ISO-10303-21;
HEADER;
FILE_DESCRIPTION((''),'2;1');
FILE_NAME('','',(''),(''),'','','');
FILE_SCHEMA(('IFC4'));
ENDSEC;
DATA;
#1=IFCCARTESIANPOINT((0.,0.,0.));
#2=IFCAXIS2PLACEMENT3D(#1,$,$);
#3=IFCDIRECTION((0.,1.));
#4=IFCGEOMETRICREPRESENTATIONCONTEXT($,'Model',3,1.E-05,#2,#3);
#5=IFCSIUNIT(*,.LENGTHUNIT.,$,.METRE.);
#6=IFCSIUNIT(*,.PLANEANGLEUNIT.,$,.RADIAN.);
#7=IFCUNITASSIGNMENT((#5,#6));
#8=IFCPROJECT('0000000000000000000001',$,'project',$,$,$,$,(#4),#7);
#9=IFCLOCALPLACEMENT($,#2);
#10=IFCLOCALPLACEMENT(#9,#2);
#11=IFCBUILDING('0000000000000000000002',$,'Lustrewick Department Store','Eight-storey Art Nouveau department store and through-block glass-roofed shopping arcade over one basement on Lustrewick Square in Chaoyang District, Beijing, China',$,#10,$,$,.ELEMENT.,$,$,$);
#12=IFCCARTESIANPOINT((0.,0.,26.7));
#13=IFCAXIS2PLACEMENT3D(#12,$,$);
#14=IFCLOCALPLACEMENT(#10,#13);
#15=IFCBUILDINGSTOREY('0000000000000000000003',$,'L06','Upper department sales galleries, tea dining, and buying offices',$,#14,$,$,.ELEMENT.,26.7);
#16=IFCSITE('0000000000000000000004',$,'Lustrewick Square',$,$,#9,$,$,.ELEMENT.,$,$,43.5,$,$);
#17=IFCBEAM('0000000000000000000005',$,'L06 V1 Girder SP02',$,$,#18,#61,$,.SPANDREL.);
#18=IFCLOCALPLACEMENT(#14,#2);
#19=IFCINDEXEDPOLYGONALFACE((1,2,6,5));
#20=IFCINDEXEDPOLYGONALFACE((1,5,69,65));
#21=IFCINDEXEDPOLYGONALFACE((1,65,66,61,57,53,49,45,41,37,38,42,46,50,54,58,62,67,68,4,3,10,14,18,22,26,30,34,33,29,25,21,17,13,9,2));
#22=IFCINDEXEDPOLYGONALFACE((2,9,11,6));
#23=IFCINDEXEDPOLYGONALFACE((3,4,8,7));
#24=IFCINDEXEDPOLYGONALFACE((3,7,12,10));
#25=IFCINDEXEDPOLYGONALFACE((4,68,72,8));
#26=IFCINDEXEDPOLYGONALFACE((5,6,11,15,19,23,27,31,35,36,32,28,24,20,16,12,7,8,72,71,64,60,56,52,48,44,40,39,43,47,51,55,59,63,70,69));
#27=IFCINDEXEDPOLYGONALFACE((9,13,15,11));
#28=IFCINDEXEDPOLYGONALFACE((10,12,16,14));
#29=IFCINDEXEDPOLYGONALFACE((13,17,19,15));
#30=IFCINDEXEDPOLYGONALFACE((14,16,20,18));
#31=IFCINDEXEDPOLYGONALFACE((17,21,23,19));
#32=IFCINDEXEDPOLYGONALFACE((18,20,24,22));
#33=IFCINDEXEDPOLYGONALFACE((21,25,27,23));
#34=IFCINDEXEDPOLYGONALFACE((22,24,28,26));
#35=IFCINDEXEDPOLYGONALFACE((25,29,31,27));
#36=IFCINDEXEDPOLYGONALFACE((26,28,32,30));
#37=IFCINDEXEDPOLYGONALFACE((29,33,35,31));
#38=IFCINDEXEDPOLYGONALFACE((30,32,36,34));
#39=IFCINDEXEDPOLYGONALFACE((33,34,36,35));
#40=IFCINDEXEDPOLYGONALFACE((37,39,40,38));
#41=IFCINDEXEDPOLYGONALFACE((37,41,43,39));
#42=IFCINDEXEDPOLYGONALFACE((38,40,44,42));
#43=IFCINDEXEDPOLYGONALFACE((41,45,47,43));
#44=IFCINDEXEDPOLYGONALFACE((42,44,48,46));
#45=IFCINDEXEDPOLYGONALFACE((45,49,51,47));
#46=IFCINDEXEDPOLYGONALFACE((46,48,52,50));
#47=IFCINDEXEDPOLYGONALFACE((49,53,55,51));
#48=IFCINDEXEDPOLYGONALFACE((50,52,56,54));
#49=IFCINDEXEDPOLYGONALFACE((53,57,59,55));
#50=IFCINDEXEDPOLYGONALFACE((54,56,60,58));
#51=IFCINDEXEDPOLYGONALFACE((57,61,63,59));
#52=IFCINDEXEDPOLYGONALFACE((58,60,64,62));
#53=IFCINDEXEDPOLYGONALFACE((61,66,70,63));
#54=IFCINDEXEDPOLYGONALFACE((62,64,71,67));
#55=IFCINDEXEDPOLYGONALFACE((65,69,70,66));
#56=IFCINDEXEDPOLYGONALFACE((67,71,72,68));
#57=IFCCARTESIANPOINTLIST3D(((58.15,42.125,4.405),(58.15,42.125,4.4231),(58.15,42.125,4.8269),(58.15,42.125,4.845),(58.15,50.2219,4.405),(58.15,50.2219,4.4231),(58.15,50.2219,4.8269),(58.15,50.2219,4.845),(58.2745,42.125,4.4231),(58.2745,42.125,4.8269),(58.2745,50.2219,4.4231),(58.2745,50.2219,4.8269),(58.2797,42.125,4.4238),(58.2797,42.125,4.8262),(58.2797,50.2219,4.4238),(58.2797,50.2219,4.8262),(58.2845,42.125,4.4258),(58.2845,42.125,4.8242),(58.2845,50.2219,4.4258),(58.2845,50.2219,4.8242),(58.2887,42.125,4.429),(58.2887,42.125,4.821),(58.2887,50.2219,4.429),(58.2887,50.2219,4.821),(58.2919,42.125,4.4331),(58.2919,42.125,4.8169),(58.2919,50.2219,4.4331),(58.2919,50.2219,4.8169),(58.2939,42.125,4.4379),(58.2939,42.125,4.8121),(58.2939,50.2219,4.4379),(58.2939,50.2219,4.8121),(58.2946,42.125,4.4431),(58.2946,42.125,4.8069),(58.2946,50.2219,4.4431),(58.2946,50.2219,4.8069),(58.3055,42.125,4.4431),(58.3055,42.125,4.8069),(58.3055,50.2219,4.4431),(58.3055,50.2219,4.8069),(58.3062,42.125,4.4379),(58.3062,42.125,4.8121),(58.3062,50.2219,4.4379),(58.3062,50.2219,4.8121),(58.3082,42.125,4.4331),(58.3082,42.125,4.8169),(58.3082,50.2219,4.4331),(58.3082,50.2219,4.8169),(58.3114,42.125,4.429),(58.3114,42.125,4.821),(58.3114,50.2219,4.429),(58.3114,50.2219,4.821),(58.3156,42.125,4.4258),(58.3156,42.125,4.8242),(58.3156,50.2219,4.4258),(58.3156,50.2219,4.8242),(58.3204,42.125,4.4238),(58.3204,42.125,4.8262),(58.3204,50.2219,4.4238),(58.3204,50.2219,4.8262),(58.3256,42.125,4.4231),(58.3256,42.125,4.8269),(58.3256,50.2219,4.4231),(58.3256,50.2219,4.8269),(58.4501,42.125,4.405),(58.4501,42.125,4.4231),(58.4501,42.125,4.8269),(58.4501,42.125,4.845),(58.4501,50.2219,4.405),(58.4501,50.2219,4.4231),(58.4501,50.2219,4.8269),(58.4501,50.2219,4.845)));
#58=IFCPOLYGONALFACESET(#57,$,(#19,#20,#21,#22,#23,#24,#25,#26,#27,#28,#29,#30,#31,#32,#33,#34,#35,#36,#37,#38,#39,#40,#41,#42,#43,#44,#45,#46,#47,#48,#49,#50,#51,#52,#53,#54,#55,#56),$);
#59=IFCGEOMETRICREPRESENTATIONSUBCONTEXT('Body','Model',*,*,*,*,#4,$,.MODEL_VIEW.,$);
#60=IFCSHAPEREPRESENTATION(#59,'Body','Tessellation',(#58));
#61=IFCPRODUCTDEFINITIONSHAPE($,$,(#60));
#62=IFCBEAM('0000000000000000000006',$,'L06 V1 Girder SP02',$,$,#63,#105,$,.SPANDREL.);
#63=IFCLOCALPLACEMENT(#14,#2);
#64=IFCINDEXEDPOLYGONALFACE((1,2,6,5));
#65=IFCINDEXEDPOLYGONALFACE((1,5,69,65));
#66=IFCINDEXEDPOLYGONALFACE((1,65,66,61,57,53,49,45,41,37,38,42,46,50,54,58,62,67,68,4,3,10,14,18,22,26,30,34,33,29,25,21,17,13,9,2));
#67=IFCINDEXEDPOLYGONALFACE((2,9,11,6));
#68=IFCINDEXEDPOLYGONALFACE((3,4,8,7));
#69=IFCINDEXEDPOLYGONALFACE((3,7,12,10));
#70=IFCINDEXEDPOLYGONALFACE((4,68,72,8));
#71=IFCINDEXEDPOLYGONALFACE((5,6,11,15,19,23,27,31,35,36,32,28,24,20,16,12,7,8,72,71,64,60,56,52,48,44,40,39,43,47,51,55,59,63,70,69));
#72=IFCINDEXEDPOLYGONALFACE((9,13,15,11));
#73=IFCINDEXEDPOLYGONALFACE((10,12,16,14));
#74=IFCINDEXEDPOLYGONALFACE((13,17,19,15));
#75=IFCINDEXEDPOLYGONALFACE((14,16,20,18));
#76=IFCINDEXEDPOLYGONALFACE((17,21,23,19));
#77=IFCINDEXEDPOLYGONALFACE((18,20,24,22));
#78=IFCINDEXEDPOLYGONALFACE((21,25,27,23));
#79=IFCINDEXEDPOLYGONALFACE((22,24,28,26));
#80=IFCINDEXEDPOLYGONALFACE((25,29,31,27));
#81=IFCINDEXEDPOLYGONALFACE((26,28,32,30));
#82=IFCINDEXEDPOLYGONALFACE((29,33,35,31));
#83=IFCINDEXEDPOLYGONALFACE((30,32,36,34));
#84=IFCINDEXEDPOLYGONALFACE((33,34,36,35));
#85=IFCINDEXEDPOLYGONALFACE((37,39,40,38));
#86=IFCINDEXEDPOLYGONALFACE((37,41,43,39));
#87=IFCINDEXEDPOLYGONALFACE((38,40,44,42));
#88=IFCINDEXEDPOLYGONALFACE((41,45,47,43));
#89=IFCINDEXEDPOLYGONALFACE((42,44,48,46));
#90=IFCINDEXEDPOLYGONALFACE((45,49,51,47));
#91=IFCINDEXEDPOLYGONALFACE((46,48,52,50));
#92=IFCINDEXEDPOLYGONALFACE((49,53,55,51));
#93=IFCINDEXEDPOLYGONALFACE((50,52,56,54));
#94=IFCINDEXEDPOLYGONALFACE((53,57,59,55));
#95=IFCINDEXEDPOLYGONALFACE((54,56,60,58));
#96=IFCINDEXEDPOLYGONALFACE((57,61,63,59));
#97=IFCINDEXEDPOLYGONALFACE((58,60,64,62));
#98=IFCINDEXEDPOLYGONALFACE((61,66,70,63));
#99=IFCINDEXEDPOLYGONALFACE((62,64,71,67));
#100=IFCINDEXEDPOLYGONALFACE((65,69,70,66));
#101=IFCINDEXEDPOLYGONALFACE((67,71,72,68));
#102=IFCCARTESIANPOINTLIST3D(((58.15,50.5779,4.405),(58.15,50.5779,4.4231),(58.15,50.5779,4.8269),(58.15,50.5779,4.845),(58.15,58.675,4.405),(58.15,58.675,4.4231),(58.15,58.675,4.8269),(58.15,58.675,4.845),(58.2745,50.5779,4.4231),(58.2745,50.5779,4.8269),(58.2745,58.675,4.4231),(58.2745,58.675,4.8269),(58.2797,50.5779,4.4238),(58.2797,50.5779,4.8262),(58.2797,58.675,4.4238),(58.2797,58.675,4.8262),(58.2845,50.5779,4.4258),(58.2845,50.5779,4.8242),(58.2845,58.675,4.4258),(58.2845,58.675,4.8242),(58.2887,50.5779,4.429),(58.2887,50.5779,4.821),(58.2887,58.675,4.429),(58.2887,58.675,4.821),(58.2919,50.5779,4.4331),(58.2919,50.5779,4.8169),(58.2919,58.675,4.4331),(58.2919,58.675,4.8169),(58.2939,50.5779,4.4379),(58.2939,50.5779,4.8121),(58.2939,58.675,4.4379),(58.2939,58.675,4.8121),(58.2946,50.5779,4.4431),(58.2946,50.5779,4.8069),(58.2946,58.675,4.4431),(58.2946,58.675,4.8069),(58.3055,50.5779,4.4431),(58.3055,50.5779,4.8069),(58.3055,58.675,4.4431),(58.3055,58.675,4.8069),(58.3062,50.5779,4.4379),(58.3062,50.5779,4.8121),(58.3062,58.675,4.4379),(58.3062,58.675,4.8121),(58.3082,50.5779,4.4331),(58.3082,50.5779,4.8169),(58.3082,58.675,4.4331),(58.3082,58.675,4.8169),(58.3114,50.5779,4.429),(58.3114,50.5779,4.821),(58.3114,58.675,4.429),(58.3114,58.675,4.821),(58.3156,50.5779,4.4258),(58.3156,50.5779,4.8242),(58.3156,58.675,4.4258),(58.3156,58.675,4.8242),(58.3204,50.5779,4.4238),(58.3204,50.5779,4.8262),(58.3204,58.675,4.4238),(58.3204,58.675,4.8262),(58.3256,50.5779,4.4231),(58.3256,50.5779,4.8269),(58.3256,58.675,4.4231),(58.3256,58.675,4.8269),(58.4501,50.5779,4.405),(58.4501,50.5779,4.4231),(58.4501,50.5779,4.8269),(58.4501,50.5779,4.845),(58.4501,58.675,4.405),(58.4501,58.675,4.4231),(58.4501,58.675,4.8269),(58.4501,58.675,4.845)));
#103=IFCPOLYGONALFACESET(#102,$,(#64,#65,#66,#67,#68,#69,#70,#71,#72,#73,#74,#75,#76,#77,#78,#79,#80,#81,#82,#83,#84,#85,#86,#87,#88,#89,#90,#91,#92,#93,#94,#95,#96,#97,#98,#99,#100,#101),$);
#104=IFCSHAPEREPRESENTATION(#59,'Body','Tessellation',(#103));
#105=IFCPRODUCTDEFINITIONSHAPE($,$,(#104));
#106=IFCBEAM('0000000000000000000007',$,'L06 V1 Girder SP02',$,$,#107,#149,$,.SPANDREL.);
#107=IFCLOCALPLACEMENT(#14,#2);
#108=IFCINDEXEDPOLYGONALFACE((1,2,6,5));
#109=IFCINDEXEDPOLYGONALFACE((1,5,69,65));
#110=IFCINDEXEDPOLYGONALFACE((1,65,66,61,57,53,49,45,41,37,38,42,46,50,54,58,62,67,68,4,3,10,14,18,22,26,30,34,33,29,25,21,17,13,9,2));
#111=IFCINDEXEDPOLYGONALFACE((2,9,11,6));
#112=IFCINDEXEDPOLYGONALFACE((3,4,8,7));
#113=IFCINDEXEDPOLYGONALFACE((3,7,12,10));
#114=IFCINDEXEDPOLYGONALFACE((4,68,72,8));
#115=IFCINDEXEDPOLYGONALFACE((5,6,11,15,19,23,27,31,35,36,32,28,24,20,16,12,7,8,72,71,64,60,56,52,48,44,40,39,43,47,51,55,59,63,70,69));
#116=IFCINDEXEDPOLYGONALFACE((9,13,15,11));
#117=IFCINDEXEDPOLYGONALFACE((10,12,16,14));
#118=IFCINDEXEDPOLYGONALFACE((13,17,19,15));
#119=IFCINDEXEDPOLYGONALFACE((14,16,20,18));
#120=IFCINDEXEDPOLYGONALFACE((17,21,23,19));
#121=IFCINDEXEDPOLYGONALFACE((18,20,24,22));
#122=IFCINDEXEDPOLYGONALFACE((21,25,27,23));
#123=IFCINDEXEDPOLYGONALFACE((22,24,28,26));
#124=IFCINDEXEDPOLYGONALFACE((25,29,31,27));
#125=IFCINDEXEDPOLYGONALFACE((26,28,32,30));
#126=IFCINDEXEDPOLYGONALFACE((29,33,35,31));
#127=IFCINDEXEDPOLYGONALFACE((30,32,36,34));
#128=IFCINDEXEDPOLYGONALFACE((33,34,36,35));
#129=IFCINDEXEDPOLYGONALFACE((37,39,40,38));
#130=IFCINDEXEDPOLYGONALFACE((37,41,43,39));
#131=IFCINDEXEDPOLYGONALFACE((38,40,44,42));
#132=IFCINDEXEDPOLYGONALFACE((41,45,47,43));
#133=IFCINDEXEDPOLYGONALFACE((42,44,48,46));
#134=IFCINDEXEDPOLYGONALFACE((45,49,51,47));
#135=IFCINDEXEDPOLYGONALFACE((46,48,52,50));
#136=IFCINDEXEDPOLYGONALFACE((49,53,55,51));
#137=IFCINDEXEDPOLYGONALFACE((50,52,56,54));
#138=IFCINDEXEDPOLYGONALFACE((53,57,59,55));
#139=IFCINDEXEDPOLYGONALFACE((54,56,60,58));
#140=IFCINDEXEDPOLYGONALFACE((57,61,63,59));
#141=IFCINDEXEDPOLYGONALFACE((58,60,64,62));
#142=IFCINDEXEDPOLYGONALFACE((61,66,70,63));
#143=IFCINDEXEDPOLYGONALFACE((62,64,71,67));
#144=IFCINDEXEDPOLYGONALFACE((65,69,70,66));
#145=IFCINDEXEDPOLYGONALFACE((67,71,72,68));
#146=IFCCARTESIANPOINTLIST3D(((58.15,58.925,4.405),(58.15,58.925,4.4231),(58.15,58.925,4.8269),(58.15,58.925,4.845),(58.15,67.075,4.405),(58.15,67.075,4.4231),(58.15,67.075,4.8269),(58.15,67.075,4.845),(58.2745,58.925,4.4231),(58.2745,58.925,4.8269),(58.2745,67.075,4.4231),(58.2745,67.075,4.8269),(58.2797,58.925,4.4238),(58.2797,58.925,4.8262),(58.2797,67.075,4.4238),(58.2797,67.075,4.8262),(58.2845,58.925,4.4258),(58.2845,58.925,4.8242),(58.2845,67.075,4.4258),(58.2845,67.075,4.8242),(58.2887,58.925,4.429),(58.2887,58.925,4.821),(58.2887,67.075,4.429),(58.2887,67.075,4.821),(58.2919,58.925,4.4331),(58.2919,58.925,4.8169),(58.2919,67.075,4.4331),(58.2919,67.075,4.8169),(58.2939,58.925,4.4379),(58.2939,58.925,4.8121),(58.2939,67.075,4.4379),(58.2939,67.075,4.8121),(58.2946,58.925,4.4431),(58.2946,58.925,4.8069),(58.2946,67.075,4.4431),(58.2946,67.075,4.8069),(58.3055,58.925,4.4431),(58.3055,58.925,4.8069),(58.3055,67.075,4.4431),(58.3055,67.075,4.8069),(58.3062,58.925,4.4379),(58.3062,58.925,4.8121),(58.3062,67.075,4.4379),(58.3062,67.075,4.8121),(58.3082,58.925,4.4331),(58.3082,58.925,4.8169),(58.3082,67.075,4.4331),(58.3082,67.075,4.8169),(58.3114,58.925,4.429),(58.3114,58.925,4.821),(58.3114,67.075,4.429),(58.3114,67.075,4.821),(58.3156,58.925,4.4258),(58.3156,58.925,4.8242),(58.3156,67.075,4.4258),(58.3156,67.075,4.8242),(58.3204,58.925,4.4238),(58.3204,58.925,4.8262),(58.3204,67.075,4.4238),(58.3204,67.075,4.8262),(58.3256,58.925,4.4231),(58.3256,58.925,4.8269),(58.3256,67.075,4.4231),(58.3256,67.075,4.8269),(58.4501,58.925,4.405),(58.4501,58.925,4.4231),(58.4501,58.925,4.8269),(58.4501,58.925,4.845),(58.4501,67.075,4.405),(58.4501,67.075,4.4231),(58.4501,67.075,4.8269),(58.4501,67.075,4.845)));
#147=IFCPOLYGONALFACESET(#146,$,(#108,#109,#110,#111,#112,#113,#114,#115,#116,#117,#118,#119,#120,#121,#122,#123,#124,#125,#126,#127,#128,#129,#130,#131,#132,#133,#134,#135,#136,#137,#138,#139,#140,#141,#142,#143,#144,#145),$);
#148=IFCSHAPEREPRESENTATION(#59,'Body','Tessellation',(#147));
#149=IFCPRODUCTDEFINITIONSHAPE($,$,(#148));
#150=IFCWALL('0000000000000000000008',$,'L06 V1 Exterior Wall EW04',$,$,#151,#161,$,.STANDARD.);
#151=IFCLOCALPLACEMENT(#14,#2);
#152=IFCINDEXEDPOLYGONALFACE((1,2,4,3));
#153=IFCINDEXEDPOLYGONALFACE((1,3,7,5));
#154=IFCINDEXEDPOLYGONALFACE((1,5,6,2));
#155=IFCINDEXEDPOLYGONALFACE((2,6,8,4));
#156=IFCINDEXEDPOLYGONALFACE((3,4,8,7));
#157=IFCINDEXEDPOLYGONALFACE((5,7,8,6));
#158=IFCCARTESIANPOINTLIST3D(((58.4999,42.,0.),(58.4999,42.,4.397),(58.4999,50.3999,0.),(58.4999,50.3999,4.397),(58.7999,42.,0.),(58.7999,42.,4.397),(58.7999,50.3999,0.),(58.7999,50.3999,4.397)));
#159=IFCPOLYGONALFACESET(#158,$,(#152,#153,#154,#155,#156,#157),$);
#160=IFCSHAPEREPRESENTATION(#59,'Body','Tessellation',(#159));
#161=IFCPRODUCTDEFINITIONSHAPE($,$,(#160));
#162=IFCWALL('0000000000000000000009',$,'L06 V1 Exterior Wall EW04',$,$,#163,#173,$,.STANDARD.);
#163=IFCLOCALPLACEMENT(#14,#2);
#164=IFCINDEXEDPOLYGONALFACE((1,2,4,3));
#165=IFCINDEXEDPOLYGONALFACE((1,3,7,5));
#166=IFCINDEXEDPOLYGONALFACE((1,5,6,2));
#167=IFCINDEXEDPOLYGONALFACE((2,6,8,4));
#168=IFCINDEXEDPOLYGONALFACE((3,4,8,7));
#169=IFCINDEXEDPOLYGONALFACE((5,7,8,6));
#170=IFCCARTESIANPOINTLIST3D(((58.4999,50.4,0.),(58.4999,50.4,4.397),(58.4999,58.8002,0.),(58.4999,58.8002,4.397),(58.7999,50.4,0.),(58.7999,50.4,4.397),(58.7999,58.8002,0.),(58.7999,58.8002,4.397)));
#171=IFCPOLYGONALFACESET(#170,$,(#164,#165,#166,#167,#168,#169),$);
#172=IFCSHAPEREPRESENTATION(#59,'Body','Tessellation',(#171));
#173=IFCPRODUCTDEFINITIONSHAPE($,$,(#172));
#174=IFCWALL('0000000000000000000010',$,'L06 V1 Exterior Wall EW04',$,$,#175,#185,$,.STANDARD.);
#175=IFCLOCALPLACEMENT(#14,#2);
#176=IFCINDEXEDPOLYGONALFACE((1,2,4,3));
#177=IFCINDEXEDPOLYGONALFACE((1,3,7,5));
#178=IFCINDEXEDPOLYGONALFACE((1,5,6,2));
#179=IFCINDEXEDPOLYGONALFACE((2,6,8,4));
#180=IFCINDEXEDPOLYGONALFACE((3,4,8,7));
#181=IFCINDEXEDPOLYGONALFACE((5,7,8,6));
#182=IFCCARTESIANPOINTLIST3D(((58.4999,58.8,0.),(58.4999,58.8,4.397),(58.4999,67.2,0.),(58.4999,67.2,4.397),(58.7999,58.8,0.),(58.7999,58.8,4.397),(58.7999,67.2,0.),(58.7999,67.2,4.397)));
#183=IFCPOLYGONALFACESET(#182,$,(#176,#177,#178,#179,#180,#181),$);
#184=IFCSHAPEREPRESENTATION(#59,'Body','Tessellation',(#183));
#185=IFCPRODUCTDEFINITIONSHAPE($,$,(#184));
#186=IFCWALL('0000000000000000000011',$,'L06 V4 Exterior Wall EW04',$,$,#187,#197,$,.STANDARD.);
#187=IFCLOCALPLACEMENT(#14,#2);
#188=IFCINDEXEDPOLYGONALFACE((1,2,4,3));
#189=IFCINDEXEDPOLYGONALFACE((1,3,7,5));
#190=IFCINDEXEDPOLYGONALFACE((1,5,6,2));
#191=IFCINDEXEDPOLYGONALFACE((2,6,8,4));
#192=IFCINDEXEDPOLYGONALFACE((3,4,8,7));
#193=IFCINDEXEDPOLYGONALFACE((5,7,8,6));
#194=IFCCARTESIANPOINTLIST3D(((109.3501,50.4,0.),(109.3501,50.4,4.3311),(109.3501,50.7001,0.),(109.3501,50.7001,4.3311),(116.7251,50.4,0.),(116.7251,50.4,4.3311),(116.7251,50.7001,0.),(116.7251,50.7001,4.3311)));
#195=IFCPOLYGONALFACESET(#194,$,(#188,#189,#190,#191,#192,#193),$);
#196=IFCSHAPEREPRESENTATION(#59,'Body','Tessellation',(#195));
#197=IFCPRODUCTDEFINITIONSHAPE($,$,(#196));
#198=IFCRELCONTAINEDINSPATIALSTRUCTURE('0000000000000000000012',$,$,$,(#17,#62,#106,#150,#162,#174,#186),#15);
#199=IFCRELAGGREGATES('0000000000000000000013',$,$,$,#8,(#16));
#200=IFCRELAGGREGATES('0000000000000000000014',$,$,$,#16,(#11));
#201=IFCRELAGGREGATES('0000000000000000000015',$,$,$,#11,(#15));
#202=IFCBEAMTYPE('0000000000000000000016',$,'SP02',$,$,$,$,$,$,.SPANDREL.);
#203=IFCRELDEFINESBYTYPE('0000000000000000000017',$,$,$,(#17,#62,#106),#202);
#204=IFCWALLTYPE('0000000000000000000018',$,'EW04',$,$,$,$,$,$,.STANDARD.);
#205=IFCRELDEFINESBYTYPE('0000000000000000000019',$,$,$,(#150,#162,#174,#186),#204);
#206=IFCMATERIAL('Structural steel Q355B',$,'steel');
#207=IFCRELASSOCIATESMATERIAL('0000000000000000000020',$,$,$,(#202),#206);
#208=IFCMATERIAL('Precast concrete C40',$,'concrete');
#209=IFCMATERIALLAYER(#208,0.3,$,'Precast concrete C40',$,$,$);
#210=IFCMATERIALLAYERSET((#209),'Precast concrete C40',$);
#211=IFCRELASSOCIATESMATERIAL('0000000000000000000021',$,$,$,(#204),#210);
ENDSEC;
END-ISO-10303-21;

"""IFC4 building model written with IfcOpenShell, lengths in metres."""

from ifc_helpers import new_model, si_unit, direction, frame, frame_2d, origin, origin_2d, place, context, subcontext, project, spatial, rectangle, i_section, extrude, material, layer, layer_set, material_profile, profile_set, type_object, element, save


model = new_model("IFC4")

# Units and contexts
model_context = context("Model", 3, precision=1e-05, world=origin(), true_north=direction((0.0, 1.0)))
body_context = subcontext(model_context, "Body", "Model", "MODEL_VIEW")
ifc_project = project(units=[si_unit("LENGTHUNIT", "METRE"), si_unit("PLANEANGLEUNIT", "RADIAN")], contexts=[model_context])

# Site, building, storey
site_placement = place(None, origin())
site = spatial("IfcSite", under=ifc_project, at=site_placement, Name="Lustrewick Square", CompositionType="ELEMENT", RefElevation=43.5)
building_placement = place(site_placement, origin())
building = spatial("IfcBuilding", under=site, at=building_placement, Name="Lustrewick Department Store", Description="Eight-storey Art Nouveau department store and through-block glass-roofed shopping arcade over one basement on Lustrewick Square in Chaoyang District, Beijing, China", CompositionType="ELEMENT")
storey_placement = place(building_placement, frame((0.0, 0.0, 26.7)))
storey = spatial("IfcBuildingStorey", under=building, at=storey_placement, Name="L06", Description="Upper department sales galleries, tea dining, and buying offices", CompositionType="ELEMENT", Elevation=26.7)

# Shared definitions
ifc_material_1 = material(Name="Structural steel Q355B", Category="steel")

# Beams
ifc_material_profile_1 = material_profile(ifc_material_1, i_section(OverallWidth=0.3, OverallDepth=0.4399, WebThickness=0.011, FlangeThickness=0.0181, FilletRadius=0.02, at=origin_2d()), Name="HM 440x300x11x18")
ifc_profile_set_1 = profile_set([ifc_material_profile_1], Name="Structural steel Q355B")
beam_type_1 = type_object("IfcBeamType", Name="SP02", PredefinedType="SPANDREL", material=ifc_profile_set_1)
beam_1_placement = place(storey_placement, frame((58.3, 42.125, 4.625), z_axis=(0.0, 1.0, 0.0), x_axis=(-1.0, 0.0, 0.0)))
element("IfcBeam", 1, at=beam_1_placement, inside=storey, type_object=beam_type_1, Name="L06 V1 Girder SP02", PredefinedType="SPANDREL", context=body_context, shape_type="SweptSolid", body=[
    extrude(i_section(OverallWidth=0.3, OverallDepth=0.4399, WebThickness=0.011, FlangeThickness=0.0181, FilletRadius=0.02, at=origin_2d()), origin(), (0.0, 0.0, 1.0), 8.0969),
])
beam_2_placement = place(storey_placement, frame((58.3, 50.5779, 4.625), z_axis=(0.0, 1.0, 0.0), x_axis=(-1.0, 0.0, 0.0)))
element("IfcBeam", 2, at=beam_2_placement, inside=storey, type_object=beam_type_1, Name="L06 V1 Girder SP02", PredefinedType="SPANDREL", context=body_context, shape_type="SweptSolid", body=[
    extrude(i_section(OverallWidth=0.3, OverallDepth=0.4399, WebThickness=0.011, FlangeThickness=0.0181, FilletRadius=0.02, at=origin_2d()), origin(), (0.0, 0.0, 1.0), 8.0972),
])
beam_3_placement = place(storey_placement, frame((58.3, 58.925, 4.625), z_axis=(0.0, 1.0, 0.0), x_axis=(-1.0, 0.0, 0.0)))
element("IfcBeam", 3, at=beam_3_placement, inside=storey, type_object=beam_type_1, Name="L06 V1 Girder SP02", PredefinedType="SPANDREL", context=body_context, shape_type="SweptSolid", body=[
    extrude(i_section(OverallWidth=0.3, OverallDepth=0.4399, WebThickness=0.011, FlangeThickness=0.0181, FilletRadius=0.02, at=origin_2d()), origin(), (0.0, 0.0, 1.0), 8.1499),
])

# Walls
ifc_material_2 = material(Name="Precast concrete C40", Category="concrete")
ifc_layer_1 = layer(ifc_material_2, 0.3, Name="Precast concrete C40")
ifc_layer_set_1 = layer_set([ifc_layer_1], Name="Precast concrete C40")
wall_type_1 = type_object("IfcWallType", Name="EW04", PredefinedType="STANDARD", material=ifc_layer_set_1)
wall_1_placement = place(storey_placement, frame((58.6499, 42.0, 0.0), z_axis=(0.0, 0.0, 1.0), x_axis=(0.0, 1.0, 0.0)))
element("IfcWall", 4, at=wall_1_placement, inside=storey, type_object=wall_type_1, Name="L06 V1 Exterior Wall EW04", PredefinedType="STANDARD", context=body_context, shape_type="SweptSolid", body=[
    extrude(rectangle(XDim=8.3999, YDim=0.3, at=frame_2d((4.2, 0.0))), origin(), (0.0, 0.0, 1.0), 4.397),
])
wall_2_placement = place(storey_placement, frame((58.6499, 50.3999, 0.0), z_axis=(0.0, 0.0, 1.0), x_axis=(0.0, 1.0, 0.0)))
element("IfcWall", 5, at=wall_2_placement, inside=storey, type_object=wall_type_1, Name="L06 V1 Exterior Wall EW04", PredefinedType="STANDARD", context=body_context, shape_type="SweptSolid", body=[
    extrude(rectangle(XDim=8.4001, YDim=0.3, at=frame_2d((4.2002, 0.0))), origin(), (0.0, 0.0, 1.0), 4.397),
])
wall_3_placement = place(storey_placement, frame((58.6499, 58.8, 0.0), z_axis=(0.0, 0.0, 1.0), x_axis=(0.0, 1.0, 0.0)))
element("IfcWall", 6, at=wall_3_placement, inside=storey, type_object=wall_type_1, Name="L06 V1 Exterior Wall EW04", PredefinedType="STANDARD", context=body_context, shape_type="SweptSolid", body=[
    extrude(rectangle(XDim=8.3999, YDim=0.3, at=frame_2d((4.2, 0.0))), origin(), (0.0, 0.0, 1.0), 4.397),
])
wall_4_placement = place(storey_placement, frame((109.3501, 50.55, 0.0), z_axis=(0.0, 0.0, 1.0), x_axis=(1.0, 0.0, 0.0)))
element("IfcWall", 7, at=wall_4_placement, inside=storey, type_object=wall_type_1, Name="L06 V4 Exterior Wall EW04", PredefinedType="STANDARD", context=body_context, shape_type="SweptSolid", body=[
    extrude(rectangle(XDim=7.375, YDim=0.3, at=frame_2d((3.6875, 0.0))), origin(), (0.0, 0.0, 1.0), 4.3311),
])

save(model, "model.ifc")
